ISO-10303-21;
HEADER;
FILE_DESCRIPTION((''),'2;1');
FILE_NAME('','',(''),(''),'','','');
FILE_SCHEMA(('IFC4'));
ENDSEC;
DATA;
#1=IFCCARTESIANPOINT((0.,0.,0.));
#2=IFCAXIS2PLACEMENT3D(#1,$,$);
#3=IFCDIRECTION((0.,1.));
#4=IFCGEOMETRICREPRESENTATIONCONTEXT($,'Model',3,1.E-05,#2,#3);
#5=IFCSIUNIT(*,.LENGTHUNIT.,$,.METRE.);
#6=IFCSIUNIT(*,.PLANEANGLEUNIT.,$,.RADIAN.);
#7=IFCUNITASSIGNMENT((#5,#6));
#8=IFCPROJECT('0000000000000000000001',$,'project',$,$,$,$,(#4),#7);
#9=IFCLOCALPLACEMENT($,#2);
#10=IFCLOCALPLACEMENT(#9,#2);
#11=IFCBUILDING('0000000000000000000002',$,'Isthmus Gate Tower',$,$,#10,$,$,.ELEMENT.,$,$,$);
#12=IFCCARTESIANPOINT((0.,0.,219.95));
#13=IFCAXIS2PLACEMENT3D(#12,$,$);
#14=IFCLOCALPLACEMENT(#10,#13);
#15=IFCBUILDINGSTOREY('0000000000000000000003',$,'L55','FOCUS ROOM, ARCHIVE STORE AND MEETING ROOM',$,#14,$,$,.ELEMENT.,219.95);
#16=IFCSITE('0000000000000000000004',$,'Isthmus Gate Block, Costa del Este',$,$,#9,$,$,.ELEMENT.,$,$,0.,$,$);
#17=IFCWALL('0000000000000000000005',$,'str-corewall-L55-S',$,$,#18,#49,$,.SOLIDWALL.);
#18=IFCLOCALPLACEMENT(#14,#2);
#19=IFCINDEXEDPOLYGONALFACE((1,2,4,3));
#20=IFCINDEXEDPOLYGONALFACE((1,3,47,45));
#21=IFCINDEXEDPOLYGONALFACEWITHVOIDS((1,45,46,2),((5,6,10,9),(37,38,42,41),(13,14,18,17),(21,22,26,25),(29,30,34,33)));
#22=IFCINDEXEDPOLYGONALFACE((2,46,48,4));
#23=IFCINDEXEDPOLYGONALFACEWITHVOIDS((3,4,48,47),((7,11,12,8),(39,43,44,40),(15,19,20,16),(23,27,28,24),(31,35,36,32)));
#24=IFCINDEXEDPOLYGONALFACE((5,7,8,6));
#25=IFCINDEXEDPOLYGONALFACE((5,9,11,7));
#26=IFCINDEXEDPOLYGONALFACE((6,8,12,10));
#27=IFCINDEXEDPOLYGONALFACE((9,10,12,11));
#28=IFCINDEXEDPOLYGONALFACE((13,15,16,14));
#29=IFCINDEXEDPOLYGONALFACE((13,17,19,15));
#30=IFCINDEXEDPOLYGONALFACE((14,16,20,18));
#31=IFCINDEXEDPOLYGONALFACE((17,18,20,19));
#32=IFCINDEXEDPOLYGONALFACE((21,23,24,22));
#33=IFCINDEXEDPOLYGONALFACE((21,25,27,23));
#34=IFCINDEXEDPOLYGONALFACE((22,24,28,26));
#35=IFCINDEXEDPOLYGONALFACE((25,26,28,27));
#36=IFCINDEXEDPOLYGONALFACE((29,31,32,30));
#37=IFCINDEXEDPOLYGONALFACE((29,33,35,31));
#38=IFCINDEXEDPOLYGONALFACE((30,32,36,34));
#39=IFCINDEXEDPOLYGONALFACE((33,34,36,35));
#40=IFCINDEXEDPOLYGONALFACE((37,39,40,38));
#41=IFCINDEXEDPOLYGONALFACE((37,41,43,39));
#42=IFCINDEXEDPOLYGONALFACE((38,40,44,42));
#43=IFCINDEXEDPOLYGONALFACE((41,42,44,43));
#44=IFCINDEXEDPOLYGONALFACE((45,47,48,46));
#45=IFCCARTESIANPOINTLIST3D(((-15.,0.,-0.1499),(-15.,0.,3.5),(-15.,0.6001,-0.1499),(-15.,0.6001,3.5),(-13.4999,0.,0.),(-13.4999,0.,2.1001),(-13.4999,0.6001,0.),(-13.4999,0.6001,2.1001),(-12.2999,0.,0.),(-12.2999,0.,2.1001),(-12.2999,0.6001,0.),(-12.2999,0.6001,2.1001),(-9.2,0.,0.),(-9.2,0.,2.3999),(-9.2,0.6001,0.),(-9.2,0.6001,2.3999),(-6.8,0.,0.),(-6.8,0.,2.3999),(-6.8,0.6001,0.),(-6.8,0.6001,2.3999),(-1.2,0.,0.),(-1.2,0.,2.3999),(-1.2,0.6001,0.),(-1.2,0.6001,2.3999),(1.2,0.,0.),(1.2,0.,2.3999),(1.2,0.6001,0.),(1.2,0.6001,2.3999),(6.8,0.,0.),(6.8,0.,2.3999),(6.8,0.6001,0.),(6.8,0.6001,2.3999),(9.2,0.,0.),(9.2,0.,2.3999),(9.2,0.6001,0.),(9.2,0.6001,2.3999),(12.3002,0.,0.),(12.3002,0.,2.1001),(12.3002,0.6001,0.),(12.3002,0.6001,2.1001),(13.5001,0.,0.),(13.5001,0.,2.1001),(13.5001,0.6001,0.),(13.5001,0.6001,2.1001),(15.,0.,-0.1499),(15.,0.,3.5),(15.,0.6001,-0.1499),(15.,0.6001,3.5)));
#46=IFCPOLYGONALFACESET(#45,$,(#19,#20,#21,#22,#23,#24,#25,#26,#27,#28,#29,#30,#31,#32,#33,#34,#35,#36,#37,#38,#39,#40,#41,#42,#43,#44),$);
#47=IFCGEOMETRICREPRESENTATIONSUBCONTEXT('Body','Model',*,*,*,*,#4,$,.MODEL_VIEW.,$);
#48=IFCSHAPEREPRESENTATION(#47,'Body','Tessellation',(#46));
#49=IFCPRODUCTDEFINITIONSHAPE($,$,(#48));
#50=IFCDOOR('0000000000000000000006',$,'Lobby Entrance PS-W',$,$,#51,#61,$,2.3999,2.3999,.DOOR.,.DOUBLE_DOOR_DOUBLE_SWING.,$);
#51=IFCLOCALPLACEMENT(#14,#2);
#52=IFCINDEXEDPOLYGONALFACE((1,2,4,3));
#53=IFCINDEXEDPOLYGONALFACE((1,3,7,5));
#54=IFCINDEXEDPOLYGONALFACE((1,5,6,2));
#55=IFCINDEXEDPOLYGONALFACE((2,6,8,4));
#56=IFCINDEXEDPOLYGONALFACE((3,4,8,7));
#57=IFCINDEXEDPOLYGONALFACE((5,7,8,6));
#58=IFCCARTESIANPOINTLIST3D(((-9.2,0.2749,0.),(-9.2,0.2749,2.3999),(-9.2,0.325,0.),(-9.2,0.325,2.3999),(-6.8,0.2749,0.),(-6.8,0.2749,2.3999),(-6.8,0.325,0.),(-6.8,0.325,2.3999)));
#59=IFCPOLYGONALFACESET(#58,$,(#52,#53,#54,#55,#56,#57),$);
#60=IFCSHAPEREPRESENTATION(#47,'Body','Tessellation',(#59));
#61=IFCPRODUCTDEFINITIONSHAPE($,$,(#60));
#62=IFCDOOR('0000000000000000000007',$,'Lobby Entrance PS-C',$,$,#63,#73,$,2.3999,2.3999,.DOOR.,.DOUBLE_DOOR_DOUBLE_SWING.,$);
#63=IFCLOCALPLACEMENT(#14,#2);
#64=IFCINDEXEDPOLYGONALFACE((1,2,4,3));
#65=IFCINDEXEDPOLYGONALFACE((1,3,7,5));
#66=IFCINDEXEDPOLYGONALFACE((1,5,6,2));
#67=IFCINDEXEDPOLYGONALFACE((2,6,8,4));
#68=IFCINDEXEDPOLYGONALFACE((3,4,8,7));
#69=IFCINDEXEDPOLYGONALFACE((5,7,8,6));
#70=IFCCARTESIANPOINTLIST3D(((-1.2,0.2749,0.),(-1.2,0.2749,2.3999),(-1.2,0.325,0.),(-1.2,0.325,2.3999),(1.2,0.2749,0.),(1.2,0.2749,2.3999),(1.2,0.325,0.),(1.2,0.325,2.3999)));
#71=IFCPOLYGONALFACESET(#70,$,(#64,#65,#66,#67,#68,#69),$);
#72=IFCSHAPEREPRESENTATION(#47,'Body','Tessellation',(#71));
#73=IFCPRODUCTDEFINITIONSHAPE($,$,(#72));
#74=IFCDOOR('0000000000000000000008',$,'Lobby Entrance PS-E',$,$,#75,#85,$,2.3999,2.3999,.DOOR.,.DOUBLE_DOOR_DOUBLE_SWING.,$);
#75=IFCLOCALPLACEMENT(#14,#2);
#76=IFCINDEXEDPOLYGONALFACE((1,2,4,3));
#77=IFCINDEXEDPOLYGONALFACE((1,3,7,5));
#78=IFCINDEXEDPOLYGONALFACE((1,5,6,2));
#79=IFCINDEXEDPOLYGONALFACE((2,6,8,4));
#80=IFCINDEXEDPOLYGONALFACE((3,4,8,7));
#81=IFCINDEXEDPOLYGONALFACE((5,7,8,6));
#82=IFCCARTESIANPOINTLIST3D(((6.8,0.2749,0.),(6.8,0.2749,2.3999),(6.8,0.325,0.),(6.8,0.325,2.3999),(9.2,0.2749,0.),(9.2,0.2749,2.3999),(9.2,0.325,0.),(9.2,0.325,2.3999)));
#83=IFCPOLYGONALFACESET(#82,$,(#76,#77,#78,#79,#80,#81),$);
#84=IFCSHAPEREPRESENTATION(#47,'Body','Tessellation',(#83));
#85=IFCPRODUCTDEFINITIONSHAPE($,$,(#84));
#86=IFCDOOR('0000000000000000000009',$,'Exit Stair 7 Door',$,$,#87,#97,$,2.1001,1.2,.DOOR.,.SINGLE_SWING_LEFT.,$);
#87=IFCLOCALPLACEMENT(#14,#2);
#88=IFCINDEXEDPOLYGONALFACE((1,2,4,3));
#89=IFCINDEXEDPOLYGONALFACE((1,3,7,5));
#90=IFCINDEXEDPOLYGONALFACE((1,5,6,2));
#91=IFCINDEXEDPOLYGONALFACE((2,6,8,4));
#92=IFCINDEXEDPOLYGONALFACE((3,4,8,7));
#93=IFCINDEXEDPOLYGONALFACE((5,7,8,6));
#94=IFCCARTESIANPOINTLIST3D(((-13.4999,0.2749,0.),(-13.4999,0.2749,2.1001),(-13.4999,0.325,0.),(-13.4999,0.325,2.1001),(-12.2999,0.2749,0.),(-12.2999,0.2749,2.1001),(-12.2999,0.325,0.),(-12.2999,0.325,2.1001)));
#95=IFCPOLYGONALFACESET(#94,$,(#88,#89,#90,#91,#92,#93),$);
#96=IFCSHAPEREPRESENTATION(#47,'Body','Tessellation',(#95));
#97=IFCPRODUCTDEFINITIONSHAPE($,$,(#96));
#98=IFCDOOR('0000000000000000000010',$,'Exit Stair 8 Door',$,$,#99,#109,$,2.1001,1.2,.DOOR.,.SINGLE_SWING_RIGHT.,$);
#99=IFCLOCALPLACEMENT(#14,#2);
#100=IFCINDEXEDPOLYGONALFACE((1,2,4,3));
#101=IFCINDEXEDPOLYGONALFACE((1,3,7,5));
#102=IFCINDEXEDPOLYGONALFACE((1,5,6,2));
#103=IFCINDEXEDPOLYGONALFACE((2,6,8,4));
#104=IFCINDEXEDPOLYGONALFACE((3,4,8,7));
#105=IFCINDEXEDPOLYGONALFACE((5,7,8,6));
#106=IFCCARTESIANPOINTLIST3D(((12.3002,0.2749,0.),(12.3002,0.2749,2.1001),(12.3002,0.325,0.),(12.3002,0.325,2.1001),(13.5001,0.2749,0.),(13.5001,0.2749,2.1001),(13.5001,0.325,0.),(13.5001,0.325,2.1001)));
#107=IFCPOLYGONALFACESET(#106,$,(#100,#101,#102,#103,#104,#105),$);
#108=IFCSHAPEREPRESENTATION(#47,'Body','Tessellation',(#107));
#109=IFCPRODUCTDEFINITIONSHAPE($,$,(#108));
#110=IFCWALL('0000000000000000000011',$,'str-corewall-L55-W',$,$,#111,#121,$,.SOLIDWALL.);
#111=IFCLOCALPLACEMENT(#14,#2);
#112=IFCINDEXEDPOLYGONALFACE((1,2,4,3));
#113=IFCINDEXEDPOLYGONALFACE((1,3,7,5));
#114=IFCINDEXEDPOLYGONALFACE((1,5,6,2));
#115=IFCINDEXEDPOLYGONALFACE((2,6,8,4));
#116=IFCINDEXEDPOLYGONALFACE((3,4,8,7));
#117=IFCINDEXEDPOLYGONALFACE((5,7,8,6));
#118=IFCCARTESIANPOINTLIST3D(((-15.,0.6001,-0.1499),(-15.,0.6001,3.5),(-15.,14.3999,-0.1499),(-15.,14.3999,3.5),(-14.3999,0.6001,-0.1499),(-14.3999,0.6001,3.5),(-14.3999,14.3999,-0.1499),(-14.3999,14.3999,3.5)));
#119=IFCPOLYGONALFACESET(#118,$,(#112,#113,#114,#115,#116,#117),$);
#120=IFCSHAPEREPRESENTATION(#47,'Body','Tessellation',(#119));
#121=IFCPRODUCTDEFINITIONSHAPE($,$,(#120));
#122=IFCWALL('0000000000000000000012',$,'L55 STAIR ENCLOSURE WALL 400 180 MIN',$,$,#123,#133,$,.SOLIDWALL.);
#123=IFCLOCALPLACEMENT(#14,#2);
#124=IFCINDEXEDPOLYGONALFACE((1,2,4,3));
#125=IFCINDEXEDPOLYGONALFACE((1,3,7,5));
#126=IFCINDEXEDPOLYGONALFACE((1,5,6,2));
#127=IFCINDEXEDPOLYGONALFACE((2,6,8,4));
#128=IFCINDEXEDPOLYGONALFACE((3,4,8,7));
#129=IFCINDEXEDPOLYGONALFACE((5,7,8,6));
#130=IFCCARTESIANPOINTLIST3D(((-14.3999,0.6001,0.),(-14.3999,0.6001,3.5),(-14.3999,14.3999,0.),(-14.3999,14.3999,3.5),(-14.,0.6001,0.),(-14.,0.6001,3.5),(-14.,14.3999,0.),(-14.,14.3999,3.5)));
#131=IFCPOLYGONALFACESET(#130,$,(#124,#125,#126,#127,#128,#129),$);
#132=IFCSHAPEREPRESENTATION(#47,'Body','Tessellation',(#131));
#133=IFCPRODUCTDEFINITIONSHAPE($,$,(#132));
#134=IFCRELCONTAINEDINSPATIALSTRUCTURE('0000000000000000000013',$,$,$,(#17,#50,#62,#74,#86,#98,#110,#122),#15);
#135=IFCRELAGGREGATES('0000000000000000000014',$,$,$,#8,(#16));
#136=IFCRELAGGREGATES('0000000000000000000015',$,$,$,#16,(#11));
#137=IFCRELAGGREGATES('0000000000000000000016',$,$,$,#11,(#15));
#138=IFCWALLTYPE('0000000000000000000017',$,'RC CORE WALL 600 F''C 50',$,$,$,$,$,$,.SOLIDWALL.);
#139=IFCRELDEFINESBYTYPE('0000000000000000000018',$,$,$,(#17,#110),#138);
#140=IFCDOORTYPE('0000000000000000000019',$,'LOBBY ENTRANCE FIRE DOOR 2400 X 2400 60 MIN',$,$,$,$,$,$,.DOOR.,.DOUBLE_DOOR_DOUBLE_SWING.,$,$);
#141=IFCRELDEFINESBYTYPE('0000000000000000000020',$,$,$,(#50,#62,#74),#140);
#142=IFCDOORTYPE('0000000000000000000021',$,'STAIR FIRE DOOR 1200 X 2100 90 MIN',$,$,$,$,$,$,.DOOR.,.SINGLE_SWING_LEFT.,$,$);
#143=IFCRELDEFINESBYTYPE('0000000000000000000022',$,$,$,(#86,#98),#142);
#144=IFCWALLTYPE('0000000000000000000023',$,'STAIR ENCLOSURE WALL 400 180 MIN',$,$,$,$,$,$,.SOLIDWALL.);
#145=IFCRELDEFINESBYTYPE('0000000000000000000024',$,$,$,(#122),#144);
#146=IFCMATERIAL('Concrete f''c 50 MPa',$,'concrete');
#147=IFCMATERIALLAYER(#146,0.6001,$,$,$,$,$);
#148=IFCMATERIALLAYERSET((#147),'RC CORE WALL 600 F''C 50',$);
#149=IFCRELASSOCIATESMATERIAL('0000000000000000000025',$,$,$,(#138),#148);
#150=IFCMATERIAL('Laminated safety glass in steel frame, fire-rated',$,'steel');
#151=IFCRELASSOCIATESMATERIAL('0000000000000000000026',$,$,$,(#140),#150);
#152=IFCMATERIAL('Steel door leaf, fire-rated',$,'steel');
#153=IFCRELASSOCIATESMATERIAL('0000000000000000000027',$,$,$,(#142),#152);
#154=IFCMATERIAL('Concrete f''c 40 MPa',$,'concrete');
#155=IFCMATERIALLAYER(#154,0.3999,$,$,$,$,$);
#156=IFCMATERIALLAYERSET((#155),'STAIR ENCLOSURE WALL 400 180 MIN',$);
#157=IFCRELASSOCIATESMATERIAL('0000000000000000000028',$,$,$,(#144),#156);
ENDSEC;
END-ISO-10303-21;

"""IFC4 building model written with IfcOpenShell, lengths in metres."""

from ifc_helpers import new_model, si_unit, direction, frame, frame_2d, origin, place, context, subcontext, project, spatial, rectangle, extrude, material, layer, layer_set, type_object, element, fill, save


model = new_model("IFC4")

# Units and contexts
model_context = context("Model", 3, precision=1e-05, world=origin(), true_north=direction((0.0, 1.0)))
body_context = subcontext(model_context, "Body", "Model", "MODEL_VIEW")
ifc_project = project(units=[si_unit("LENGTHUNIT", "METRE"), si_unit("PLANEANGLEUNIT", "RADIAN")], contexts=[model_context])

# Site, building, storey
site_placement = place(None, origin())
site = spatial("IfcSite", under=ifc_project, at=site_placement, Name="Isthmus Gate Block, Costa del Este", CompositionType="ELEMENT", RefElevation=0.0)
building_placement = place(site_placement, origin())
building = spatial("IfcBuilding", under=site, at=building_placement, Name="Isthmus Gate Tower", CompositionType="ELEMENT")
storey_placement = place(building_placement, frame((0.0, 0.0, 219.95)))
storey = spatial("IfcBuildingStorey", under=building, at=storey_placement, Name="L55", Description="FOCUS ROOM, ARCHIVE STORE AND MEETING ROOM", CompositionType="ELEMENT", Elevation=219.95)

# Wall, openings, doors
ifc_material_1 = material(Name="Concrete f'c 50 MPa", Category="concrete")
ifc_layer_1 = layer(ifc_material_1, 0.6001)
ifc_layer_set_1 = layer_set([ifc_layer_1], Name="RC CORE WALL 600 F'C 50")
wall_type_1 = type_object("IfcWallType", Name="RC CORE WALL 600 F'C 50", PredefinedType="SOLIDWALL", material=ifc_layer_set_1)
wall_1_placement = place(storey_placement, frame((-15.0, 0.3, -0.1499), z_axis=(0.0, 0.0, 1.0), x_axis=(1.0, 0.0, 0.0)))
wall_1 = element("IfcWall", 1, at=wall_1_placement, inside=storey, type_object=wall_type_1, Name="str-corewall-L55-S", PredefinedType="SOLIDWALL", context=body_context, shape_type="SweptSolid", body=[
    extrude(rectangle(XDim=30.0, YDim=0.6001, at=frame_2d((15.0, 0.0))), origin(), (0.0, 0.0, 1.0), 3.6499),
])
opening_1_placement = place(wall_1_placement, frame((5.8, 0.0, 0.1499)))
opening_1 = element("IfcOpeningElement", 2, at=opening_1_placement, cuts=wall_1, PredefinedType="OPENING", context=body_context, shape_type="SweptSolid", body=[
    extrude(rectangle(XDim=2.3999, YDim=2.3999, at=frame_2d((1.2, 1.2))), frame((0.0, 0.3101, 0.0), z_axis=(0.0, -1.0, 0.0), x_axis=(1.0, 0.0, 0.0)), (0.0, 0.0, 1.0), 0.6201),
])
opening_2_placement = place(wall_1_placement, frame((13.8, 0.0, 0.1499)))
opening_2 = element("IfcOpeningElement", 3, at=opening_2_placement, cuts=wall_1, PredefinedType="OPENING", context=body_context, shape_type="SweptSolid", body=[
    extrude(rectangle(XDim=2.3999, YDim=2.3999, at=frame_2d((1.2, 1.2))), frame((0.0, 0.3101, 0.0), z_axis=(0.0, -1.0, 0.0), x_axis=(1.0, 0.0, 0.0)), (0.0, 0.0, 1.0), 0.6201),
])
opening_3_placement = place(wall_1_placement, frame((21.8, 0.0, 0.1499)))
opening_3 = element("IfcOpeningElement", 4, at=opening_3_placement, cuts=wall_1, PredefinedType="OPENING", context=body_context, shape_type="SweptSolid", body=[
    extrude(rectangle(XDim=2.3999, YDim=2.3999, at=frame_2d((1.2, 1.2))), frame((0.0, 0.3101, 0.0), z_axis=(0.0, -1.0, 0.0), x_axis=(1.0, 0.0, 0.0)), (0.0, 0.0, 1.0), 0.6201),
])
opening_4_placement = place(wall_1_placement, frame((1.5, 0.0, 0.1499)))
opening_4 = element("IfcOpeningElement", 5, at=opening_4_placement, cuts=wall_1, PredefinedType="OPENING", context=body_context, shape_type="SweptSolid", body=[
    extrude(rectangle(XDim=1.2, YDim=2.1001, at=frame_2d((0.6001, 1.05))), frame((0.0, 0.3101, 0.0), z_axis=(0.0, -1.0, 0.0), x_axis=(1.0, 0.0, 0.0)), (0.0, 0.0, 1.0), 0.6201),
])
opening_5_placement = place(wall_1_placement, frame((27.3, 0.0, 0.1499)))
opening_5 = element("IfcOpeningElement", 6, at=opening_5_placement, cuts=wall_1, PredefinedType="OPENING", context=body_context, shape_type="SweptSolid", body=[
    extrude(rectangle(XDim=1.2, YDim=2.1001, at=frame_2d((0.6001, 1.05))), frame((0.0, 0.3101, 0.0), z_axis=(0.0, -1.0, 0.0), x_axis=(1.0, 0.0, 0.0)), (0.0, 0.0, 1.0), 0.6201),
])
ifc_material_2 = material(Name="Laminated safety glass in steel frame, fire-rated", Category="steel")
door_type_1 = type_object("IfcDoorType", Name="LOBBY ENTRANCE FIRE DOOR 2400 X 2400 60 MIN", OperationType="DOUBLE_DOOR_DOUBLE_SWING", PredefinedType="DOOR", material=ifc_material_2)
door_1_placement = place(opening_1_placement, origin())
door_1 = element("IfcDoor", 7, at=door_1_placement, inside=storey, type_object=door_type_1, Name="Lobby Entrance PS-W", OperationType="DOUBLE_DOOR_DOUBLE_SWING", OverallHeight=2.3999, OverallWidth=2.3999, PredefinedType="DOOR", context=body_context, shape_type="SweptSolid", body=[
    extrude(rectangle(XDim=2.3999, YDim=2.3999, at=frame_2d((1.2, 1.2))), frame((0.0, 0.0249, 0.0), z_axis=(0.0, -1.0, 0.0), x_axis=(1.0, 0.0, 0.0)), (0.0, 0.0, 1.0), 0.05),
])
fill(opening_1, door_1)
door_2_placement = place(opening_2_placement, origin())
door_2 = element("IfcDoor", 8, at=door_2_placement, inside=storey, type_object=door_type_1, Name="Lobby Entrance PS-C", OperationType="DOUBLE_DOOR_DOUBLE_SWING", OverallHeight=2.3999, OverallWidth=2.3999, PredefinedType="DOOR", context=body_context, shape_type="SweptSolid", body=[
    extrude(rectangle(XDim=2.3999, YDim=2.3999, at=frame_2d((1.2, 1.2))), frame((0.0, 0.0249, 0.0), z_axis=(0.0, -1.0, 0.0), x_axis=(1.0, 0.0, 0.0)), (0.0, 0.0, 1.0), 0.05),
])
fill(opening_2, door_2)
door_3_placement = place(opening_3_placement, origin())
door_3 = element("IfcDoor", 9, at=door_3_placement, inside=storey, type_object=door_type_1, Name="Lobby Entrance PS-E", OperationType="DOUBLE_DOOR_DOUBLE_SWING", OverallHeight=2.3999, OverallWidth=2.3999, PredefinedType="DOOR", context=body_context, shape_type="SweptSolid", body=[
    extrude(rectangle(XDim=2.3999, YDim=2.3999, at=frame_2d((1.2, 1.2))), frame((0.0, 0.0249, 0.0), z_axis=(0.0, -1.0, 0.0), x_axis=(1.0, 0.0, 0.0)), (0.0, 0.0, 1.0), 0.05),
])
fill(opening_3, door_3)
ifc_material_3 = material(Name="Steel door leaf, fire-rated", Category="steel")
door_type_2 = type_object("IfcDoorType", Name="STAIR FIRE DOOR 1200 X 2100 90 MIN", OperationType="SINGLE_SWING_LEFT", PredefinedType="DOOR", material=ifc_material_3)
door_4_placement = place(opening_4_placement, origin())
door_4 = element("IfcDoor", 10, at=door_4_placement, inside=storey, type_object=door_type_2, Name="Exit Stair 7 Door", OperationType="SINGLE_SWING_LEFT", OverallHeight=2.1001, OverallWidth=1.2, PredefinedType="DOOR", context=body_context, shape_type="SweptSolid", body=[
    extrude(rectangle(XDim=1.2, YDim=2.1001, at=frame_2d((0.6001, 1.05))), frame((0.0, 0.0249, 0.0), z_axis=(0.0, -1.0, 0.0), x_axis=(1.0, 0.0, 0.0)), (0.0, 0.0, 1.0), 0.05),
])
fill(opening_4, door_4)
door_5_placement = place(opening_5_placement, origin())
door_5 = element("IfcDoor", 11, at=door_5_placement, inside=storey, type_object=door_type_2, Name="Exit Stair 8 Door", OperationType="SINGLE_SWING_RIGHT", OverallHeight=2.1001, OverallWidth=1.2, PredefinedType="DOOR", context=body_context, shape_type="SweptSolid", body=[
    extrude(rectangle(XDim=1.2, YDim=2.1001, at=frame_2d((0.6001, 1.05))), frame((0.0, 0.0249, 0.0), z_axis=(0.0, -1.0, 0.0), x_axis=(1.0, 0.0, 0.0)), (0.0, 0.0, 1.0), 0.05),
])
fill(opening_5, door_5)

# Walls
wall_2_placement = place(storey_placement, frame((-14.7, 0.6001, -0.1499), z_axis=(0.0, 0.0, 1.0), x_axis=(0.0, 1.0, 0.0)))
element("IfcWall", 12, at=wall_2_placement, inside=storey, type_object=wall_type_1, Name="str-corewall-L55-W", PredefinedType="SOLIDWALL", context=body_context, shape_type="SweptSolid", body=[
    extrude(rectangle(XDim=13.7998, YDim=0.6001, at=frame_2d((6.8999, 0.0))), origin(), (0.0, 0.0, 1.0), 3.6499),
])
ifc_material_4 = material(Name="Concrete f'c 40 MPa", Category="concrete")
ifc_layer_2 = layer(ifc_material_4, 0.3999)
ifc_layer_set_2 = layer_set([ifc_layer_2], Name="STAIR ENCLOSURE WALL 400 180 MIN")
wall_type_2 = type_object("IfcWallType", Name="STAIR ENCLOSURE WALL 400 180 MIN", PredefinedType="SOLIDWALL", material=ifc_layer_set_2)
wall_3_placement = place(storey_placement, frame((-14.2, 0.6001, 0.0), z_axis=(0.0, 0.0, 1.0), x_axis=(0.0, 1.0, 0.0)))
element("IfcWall", 13, at=wall_3_placement, inside=storey, type_object=wall_type_2, Name="L55 STAIR ENCLOSURE WALL 400 180 MIN", PredefinedType="SOLIDWALL", context=body_context, shape_type="SweptSolid", body=[
    extrude(rectangle(XDim=13.7998, YDim=0.3999, at=frame_2d((6.8999, 0.0))), origin(), (0.0, 0.0, 1.0), 3.5),
])

save(model, "model.ifc")
